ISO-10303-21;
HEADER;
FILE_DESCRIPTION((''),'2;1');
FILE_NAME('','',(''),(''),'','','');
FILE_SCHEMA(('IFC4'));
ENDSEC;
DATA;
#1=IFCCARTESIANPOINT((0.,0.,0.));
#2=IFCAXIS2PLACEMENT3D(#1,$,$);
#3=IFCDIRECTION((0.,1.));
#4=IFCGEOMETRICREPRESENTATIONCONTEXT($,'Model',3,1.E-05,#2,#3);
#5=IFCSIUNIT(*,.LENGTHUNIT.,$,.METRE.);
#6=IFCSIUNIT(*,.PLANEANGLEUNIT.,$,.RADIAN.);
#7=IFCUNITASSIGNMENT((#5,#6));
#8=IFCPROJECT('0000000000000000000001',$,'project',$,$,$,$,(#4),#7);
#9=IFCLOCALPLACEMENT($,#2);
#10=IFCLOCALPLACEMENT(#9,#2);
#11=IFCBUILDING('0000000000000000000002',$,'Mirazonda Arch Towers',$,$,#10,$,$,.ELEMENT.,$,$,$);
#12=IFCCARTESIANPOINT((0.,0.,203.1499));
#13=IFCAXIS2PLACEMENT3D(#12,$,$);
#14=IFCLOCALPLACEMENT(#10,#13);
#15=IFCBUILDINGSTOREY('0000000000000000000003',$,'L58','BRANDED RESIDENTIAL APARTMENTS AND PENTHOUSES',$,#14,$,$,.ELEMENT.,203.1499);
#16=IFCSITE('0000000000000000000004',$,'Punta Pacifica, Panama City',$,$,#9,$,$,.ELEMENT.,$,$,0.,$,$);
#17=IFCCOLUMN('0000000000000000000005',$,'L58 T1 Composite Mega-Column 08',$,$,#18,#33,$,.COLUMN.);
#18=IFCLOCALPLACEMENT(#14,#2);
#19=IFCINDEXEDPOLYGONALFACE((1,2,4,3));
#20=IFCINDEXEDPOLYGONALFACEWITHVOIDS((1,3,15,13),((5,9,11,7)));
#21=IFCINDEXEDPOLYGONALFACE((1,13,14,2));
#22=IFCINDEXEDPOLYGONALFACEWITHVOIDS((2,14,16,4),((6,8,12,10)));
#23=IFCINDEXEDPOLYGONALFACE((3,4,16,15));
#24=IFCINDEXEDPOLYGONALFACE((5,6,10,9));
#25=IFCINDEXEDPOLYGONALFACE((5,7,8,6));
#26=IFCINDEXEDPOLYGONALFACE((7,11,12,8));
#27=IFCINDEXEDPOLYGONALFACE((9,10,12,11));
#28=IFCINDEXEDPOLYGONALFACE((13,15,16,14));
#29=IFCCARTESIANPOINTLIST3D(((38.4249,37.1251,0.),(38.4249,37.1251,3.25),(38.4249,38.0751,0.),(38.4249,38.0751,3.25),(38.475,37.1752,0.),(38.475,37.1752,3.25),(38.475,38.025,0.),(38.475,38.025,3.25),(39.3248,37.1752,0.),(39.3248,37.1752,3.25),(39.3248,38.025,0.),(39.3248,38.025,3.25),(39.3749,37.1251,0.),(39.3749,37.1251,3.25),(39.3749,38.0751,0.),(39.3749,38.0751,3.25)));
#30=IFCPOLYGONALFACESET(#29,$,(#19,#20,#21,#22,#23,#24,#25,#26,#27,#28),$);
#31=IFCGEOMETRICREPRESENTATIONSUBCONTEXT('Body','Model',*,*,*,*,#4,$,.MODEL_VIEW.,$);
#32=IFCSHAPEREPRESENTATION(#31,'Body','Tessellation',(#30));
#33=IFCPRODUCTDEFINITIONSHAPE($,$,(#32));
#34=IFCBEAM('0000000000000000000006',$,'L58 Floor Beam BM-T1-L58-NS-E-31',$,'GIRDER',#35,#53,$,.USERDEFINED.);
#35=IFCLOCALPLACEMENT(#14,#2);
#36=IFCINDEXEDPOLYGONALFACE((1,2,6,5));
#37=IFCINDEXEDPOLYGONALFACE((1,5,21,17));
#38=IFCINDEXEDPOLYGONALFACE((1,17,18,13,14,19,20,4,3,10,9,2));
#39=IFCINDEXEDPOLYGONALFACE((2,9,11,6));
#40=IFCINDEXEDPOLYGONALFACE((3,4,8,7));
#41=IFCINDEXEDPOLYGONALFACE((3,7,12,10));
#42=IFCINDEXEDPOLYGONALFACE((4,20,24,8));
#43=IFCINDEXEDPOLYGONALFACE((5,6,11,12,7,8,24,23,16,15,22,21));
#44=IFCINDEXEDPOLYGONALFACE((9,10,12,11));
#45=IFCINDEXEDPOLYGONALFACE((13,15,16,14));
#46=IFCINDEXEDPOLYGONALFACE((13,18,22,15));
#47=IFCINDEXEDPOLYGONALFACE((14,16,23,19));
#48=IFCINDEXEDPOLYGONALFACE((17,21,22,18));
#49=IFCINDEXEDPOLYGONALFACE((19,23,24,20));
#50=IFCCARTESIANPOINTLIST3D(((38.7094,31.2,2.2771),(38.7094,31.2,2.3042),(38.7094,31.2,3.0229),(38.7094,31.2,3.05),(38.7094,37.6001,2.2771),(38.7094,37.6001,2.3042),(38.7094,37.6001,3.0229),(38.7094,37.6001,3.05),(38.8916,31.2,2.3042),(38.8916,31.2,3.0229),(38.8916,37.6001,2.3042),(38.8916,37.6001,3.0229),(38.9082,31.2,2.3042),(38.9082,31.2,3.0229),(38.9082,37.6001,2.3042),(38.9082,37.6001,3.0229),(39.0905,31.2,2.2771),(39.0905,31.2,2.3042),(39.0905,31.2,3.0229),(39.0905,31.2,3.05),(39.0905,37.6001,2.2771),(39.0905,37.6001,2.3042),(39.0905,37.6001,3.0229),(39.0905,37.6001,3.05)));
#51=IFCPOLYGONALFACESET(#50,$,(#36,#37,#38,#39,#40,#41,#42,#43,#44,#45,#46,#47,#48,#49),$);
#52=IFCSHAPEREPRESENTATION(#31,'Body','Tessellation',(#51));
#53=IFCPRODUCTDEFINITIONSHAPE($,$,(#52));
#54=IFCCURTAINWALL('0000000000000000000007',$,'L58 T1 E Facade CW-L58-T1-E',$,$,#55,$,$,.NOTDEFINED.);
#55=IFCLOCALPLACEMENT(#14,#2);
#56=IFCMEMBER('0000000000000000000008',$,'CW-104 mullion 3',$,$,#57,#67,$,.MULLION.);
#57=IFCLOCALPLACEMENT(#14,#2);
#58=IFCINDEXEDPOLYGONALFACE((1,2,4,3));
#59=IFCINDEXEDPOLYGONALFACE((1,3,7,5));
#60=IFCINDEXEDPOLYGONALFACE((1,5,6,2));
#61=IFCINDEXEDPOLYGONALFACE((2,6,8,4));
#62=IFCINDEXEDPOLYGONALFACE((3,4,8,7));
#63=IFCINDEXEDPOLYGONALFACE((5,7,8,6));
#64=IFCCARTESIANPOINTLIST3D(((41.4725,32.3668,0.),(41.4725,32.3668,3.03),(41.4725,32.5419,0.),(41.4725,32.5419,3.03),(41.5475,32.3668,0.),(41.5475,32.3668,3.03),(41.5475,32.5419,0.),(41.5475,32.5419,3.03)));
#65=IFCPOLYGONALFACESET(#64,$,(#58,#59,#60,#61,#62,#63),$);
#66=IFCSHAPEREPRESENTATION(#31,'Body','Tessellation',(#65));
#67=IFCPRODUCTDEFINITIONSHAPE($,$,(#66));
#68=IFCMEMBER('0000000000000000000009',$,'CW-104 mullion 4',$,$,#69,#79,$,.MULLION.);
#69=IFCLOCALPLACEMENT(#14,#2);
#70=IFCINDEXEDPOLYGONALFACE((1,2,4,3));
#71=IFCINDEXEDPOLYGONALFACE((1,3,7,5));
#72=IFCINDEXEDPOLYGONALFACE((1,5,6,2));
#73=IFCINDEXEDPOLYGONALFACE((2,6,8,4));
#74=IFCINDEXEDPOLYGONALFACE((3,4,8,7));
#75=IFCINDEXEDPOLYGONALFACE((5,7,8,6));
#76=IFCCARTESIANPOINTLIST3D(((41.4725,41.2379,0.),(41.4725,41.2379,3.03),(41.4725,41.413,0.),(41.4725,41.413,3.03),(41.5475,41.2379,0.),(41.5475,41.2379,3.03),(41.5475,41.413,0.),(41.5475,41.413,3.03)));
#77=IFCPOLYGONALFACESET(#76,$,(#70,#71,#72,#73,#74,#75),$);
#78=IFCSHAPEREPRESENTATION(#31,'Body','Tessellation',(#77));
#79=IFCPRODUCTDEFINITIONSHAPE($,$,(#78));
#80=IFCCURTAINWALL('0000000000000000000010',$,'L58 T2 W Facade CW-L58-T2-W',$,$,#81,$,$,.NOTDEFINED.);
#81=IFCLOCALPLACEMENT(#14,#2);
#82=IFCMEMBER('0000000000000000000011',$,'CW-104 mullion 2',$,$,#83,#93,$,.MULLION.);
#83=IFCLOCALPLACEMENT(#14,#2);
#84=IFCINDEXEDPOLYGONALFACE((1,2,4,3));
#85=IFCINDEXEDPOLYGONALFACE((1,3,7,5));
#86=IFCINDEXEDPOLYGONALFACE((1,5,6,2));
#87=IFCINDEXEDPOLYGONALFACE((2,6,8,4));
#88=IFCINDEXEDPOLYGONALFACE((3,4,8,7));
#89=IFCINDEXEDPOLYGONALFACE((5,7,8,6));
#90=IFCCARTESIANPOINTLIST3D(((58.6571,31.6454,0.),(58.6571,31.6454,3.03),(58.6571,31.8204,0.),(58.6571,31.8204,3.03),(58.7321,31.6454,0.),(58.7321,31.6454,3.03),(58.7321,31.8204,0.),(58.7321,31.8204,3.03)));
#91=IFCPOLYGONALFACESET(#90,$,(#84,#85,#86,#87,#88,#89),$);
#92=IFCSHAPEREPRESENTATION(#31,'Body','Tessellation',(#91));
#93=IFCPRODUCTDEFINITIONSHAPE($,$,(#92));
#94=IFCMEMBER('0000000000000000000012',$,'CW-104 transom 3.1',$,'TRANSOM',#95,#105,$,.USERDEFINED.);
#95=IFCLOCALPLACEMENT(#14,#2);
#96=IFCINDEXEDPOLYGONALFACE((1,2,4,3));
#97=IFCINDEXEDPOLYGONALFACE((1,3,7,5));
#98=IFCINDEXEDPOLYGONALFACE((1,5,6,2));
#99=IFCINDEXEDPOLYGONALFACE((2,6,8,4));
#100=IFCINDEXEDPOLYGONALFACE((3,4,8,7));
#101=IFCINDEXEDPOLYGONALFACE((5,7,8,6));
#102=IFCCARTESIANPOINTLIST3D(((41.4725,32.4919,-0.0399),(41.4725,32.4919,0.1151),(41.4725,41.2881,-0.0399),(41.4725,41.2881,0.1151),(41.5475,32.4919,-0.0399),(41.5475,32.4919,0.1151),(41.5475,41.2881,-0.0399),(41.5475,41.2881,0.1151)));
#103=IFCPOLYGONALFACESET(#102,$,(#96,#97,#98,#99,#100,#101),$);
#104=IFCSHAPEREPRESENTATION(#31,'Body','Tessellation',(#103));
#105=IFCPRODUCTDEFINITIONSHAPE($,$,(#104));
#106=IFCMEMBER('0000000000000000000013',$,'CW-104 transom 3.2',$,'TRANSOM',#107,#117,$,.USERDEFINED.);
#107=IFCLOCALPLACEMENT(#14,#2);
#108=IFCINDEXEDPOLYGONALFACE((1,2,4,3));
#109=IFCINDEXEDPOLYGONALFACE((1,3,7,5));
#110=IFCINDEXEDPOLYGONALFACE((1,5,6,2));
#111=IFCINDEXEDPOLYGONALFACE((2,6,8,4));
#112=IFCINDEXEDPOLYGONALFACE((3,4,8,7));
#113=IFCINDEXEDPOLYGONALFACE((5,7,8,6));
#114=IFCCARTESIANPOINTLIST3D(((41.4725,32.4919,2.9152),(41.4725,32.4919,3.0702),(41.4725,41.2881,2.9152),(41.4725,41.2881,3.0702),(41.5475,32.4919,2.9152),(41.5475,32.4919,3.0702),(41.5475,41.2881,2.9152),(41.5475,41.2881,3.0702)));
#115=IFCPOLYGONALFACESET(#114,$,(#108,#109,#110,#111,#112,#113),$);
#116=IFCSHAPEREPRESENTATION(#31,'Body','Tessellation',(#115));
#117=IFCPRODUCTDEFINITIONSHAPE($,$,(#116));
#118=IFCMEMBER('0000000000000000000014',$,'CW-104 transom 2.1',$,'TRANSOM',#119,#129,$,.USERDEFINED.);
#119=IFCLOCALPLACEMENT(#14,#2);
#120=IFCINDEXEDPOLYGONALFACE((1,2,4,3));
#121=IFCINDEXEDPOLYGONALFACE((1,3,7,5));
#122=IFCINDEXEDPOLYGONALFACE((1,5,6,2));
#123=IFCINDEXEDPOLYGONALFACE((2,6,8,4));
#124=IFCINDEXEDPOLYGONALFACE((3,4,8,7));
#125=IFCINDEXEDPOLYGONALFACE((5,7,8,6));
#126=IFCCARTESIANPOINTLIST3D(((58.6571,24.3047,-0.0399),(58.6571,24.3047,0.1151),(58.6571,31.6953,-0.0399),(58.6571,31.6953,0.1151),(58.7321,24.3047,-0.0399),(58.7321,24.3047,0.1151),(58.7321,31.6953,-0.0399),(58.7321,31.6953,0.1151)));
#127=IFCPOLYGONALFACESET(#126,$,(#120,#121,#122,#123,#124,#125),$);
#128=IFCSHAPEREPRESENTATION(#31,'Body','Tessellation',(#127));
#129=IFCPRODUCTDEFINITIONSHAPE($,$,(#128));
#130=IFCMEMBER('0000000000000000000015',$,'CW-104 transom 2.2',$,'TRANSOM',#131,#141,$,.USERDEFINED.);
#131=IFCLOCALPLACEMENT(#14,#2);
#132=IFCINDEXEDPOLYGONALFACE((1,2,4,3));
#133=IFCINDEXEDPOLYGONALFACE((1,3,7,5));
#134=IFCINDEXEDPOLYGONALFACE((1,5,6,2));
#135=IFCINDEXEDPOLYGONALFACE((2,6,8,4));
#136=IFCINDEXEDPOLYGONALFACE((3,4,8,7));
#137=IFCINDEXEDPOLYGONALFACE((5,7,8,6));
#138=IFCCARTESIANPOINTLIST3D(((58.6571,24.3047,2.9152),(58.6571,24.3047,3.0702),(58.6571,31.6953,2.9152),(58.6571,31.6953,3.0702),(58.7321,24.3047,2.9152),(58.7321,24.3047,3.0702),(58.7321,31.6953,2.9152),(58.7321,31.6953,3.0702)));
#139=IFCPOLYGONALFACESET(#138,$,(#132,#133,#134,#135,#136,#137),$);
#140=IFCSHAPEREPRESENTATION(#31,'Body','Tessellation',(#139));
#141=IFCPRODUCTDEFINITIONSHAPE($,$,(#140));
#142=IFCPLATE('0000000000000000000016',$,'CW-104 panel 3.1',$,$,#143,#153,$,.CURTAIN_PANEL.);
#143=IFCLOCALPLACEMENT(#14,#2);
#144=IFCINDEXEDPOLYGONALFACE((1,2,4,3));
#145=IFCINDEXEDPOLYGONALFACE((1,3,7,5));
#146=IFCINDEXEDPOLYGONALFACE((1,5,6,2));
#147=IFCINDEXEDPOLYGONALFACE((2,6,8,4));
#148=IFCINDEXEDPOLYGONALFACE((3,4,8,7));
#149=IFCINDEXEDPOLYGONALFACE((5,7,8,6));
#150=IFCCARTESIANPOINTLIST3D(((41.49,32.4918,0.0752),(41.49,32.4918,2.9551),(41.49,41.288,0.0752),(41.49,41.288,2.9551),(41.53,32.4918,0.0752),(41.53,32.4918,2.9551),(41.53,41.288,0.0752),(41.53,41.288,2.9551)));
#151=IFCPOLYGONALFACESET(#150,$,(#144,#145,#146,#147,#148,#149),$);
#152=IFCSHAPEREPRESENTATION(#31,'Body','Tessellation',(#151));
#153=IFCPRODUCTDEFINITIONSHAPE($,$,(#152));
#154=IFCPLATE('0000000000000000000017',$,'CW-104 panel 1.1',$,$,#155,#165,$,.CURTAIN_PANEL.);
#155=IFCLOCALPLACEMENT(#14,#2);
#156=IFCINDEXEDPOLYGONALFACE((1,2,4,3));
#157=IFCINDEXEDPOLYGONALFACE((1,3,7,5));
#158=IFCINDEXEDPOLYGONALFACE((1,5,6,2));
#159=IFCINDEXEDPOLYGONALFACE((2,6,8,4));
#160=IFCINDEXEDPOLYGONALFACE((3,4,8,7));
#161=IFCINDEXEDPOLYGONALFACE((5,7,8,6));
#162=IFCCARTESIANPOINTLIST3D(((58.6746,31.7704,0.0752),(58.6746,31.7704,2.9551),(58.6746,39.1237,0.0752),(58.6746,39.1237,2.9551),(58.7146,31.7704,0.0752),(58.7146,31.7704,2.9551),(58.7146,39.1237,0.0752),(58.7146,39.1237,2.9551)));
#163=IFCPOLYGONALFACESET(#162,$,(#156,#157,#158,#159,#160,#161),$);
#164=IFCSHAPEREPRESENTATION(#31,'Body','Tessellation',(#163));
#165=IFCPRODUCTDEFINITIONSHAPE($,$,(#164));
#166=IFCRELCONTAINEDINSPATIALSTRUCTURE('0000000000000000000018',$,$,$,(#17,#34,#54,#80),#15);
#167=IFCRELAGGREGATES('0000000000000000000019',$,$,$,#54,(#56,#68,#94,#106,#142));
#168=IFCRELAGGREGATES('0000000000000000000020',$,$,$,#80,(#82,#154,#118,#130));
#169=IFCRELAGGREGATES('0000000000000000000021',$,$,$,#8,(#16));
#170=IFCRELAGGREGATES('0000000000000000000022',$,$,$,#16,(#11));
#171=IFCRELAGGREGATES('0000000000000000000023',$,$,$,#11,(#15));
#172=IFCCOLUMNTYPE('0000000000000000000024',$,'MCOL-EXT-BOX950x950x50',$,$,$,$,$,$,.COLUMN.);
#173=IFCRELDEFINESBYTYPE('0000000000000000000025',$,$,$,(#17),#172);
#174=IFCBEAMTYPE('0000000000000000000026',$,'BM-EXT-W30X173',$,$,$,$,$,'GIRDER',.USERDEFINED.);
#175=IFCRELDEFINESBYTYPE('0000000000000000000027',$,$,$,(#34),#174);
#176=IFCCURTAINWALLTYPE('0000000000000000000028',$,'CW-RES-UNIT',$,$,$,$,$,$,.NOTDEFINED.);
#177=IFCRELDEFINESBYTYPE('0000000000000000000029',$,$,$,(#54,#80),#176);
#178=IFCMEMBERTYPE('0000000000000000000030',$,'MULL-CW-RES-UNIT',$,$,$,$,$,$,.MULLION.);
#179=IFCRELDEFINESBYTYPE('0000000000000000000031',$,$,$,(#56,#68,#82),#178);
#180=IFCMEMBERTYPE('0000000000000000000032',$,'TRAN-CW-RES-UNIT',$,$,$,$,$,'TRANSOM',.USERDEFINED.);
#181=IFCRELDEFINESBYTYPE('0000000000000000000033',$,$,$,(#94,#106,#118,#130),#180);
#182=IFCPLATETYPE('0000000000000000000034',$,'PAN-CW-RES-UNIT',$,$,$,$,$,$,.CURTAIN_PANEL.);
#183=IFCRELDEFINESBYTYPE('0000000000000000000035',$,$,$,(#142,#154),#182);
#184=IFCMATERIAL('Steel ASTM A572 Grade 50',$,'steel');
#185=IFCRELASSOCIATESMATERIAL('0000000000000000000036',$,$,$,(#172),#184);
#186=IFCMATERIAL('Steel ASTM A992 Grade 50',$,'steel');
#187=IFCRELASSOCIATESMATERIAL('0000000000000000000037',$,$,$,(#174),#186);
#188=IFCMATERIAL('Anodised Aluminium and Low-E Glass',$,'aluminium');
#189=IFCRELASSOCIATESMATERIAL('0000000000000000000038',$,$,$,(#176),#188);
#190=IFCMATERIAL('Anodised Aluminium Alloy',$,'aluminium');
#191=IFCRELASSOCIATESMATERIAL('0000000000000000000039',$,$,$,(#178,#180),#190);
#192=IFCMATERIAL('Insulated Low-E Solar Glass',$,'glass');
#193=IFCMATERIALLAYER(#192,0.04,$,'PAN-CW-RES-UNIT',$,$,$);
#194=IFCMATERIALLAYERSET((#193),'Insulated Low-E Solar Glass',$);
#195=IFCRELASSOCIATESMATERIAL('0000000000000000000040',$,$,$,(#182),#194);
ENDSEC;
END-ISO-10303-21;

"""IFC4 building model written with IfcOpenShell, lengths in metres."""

from ifc_helpers import new_model, si_unit, direction, frame, origin, origin_2d, place, context, subcontext, project, spatial, rectangle, hollow_rectangle, i_section, extrude, material, layer, layer_set, material_profile, profile_set, type_object, element, aggregate, save


model = new_model("IFC4")

# Units and contexts
model_context = context("Model", 3, precision=1e-05, world=origin(), true_north=direction((0.0, 1.0)))
body_context = subcontext(model_context, "Body", "Model", "MODEL_VIEW")
ifc_project = project(units=[si_unit("LENGTHUNIT", "METRE"), si_unit("PLANEANGLEUNIT", "RADIAN")], contexts=[model_context])

# Site, building, storey
site_placement = place(None, origin())
site = spatial("IfcSite", under=ifc_project, at=site_placement, Name="Punta Pacifica, Panama City", CompositionType="ELEMENT", RefElevation=0.0)
building_placement = place(site_placement, origin())
building = spatial("IfcBuilding", under=site, at=building_placement, Name="Mirazonda Arch Towers", CompositionType="ELEMENT")
storey_placement = place(building_placement, frame((0.0, 0.0, 203.1499)))
storey = spatial("IfcBuildingStorey", under=building, at=storey_placement, Name="L58", Description="BRANDED RESIDENTIAL APARTMENTS AND PENTHOUSES", CompositionType="ELEMENT", Elevation=203.1499)

# Column
ifc_material_1 = material(Name="Steel ASTM A572 Grade 50", Category="steel")
ifc_material_profile_1 = material_profile(ifc_material_1, hollow_rectangle(XDim=0.95, YDim=0.95, WallThickness=0.05, at=origin_2d()), Name="BOX950x950x50")
ifc_profile_set_1 = profile_set([ifc_material_profile_1], Name="Steel ASTM A572 Grade 50")
column_type = type_object("IfcColumnType", Name="MCOL-EXT-BOX950x950x50", PredefinedType="COLUMN", material=ifc_profile_set_1)
column_placement = place(storey_placement, frame((38.8999, 37.6001, 0.0), z_axis=(0.0, 0.0, 1.0), x_axis=(1.0, 0.0, 0.0)))
element("IfcColumn", 1, at=column_placement, inside=storey, type_object=column_type, Name="L58 T1 Composite Mega-Column 08", PredefinedType="COLUMN", context=body_context, shape_type="SweptSolid", body=[
    extrude(hollow_rectangle(XDim=0.95, YDim=0.95, WallThickness=0.05, at=origin_2d()), origin(), (0.0, 0.0, 1.0), 3.25),
])

# Beam
ifc_material_2 = material(Name="Steel ASTM A992 Grade 50", Category="steel")
ifc_material_profile_2 = material_profile(ifc_material_2, i_section(OverallWidth=0.3811, OverallDepth=0.7729, WebThickness=0.0166, FlangeThickness=0.0271, at=origin_2d()), Name="W30X173")
ifc_profile_set_2 = profile_set([ifc_material_profile_2], Name="Steel ASTM A992 Grade 50")
beam_type = type_object("IfcBeamType", Name="BM-EXT-W30X173", ElementType="GIRDER", PredefinedType="USERDEFINED", material=ifc_profile_set_2)
beam_placement = place(storey_placement, frame((38.8999, 31.2, 2.6636), z_axis=(0.0, 1.0, 0.0), x_axis=(-1.0, 0.0, 0.0)))
element("IfcBeam", 2, at=beam_placement, inside=storey, type_object=beam_type, Name="L58 Floor Beam BM-T1-L58-NS-E-31", ObjectType="GIRDER", PredefinedType="USERDEFINED", context=body_context, shape_type="SweptSolid", body=[
    extrude(i_section(OverallWidth=0.3811, OverallDepth=0.7729, WebThickness=0.0166, FlangeThickness=0.0271, at=origin_2d()), origin(), (0.0, 0.0, 1.0), 6.4001),
])

# Curtain wall, members
ifc_material_3 = material(Name="Anodised Aluminium and Low-E Glass", Category="aluminium")
curtain_wall_type = type_object("IfcCurtainWallType", Name="CW-RES-UNIT", PredefinedType="NOTDEFINED", material=ifc_material_3)
curtain_wall_1_placement = place(storey_placement, origin())
curtain_wall_1 = element("IfcCurtainWall", 3, at=curtain_wall_1_placement, inside=storey, type_object=curtain_wall_type, Name="L58 T1 E Facade CW-L58-T1-E", PredefinedType="NOTDEFINED")
ifc_material_4 = material(Name="Anodised Aluminium Alloy", Category="aluminium")
ifc_material_profile_3 = material_profile(ifc_material_4, rectangle(XDim=0.075, YDim=0.175, at=origin_2d()), Name="ALU-MULL-75x175")
ifc_profile_set_3 = profile_set([ifc_material_profile_3], Name="Anodised Aluminium Alloy")
member_type_1 = type_object("IfcMemberType", Name="MULL-CW-RES-UNIT", PredefinedType="MULLION", material=ifc_profile_set_3)
member_1_placement = place(storey_placement, frame((41.51, 32.4543, 0.0), z_axis=(0.0, 0.0, 1.0), x_axis=(-1.0, 0.0, 0.0)))
member_1 = element("IfcMember", 4, at=member_1_placement, type_object=member_type_1, Name="CW-104 mullion 3", PredefinedType="MULLION", context=body_context, shape_type="SweptSolid", body=[
    extrude(rectangle(XDim=0.075, YDim=0.175, at=origin_2d()), origin(), (0.0, 0.0, 1.0), 3.03),
])
member_2_placement = place(storey_placement, frame((41.51, 41.3254, 0.0), z_axis=(0.0, 0.0, 1.0), x_axis=(-1.0, 0.0, 0.0)))
member_2 = element("IfcMember", 5, at=member_2_placement, type_object=member_type_1, Name="CW-104 mullion 4", PredefinedType="MULLION", context=body_context, shape_type="SweptSolid", body=[
    extrude(rectangle(XDim=0.075, YDim=0.175, at=origin_2d()), origin(), (0.0, 0.0, 1.0), 3.03),
])

# Curtain wall, member
curtain_wall_2_placement = place(storey_placement, origin())
curtain_wall_2 = element("IfcCurtainWall", 6, at=curtain_wall_2_placement, inside=storey, type_object=curtain_wall_type, Name="L58 T2 W Facade CW-L58-T2-W", PredefinedType="NOTDEFINED")
member_3_placement = place(storey_placement, frame((58.6946, 31.7329, 0.0), z_axis=(0.0, 0.0, 1.0), x_axis=(1.0, 0.0, 0.0)))
member_3 = element("IfcMember", 7, at=member_3_placement, type_object=member_type_1, Name="CW-104 mullion 2", PredefinedType="MULLION", context=body_context, shape_type="SweptSolid", body=[
    extrude(rectangle(XDim=0.075, YDim=0.175, at=origin_2d()), origin(), (0.0, 0.0, 1.0), 3.03),
])

# Members
ifc_material_profile_4 = material_profile(ifc_material_4, rectangle(XDim=0.075, YDim=0.155, at=origin_2d()), Name="ALU-TRAN-75x155")
ifc_profile_set_4 = profile_set([ifc_material_profile_4], Name="Anodised Aluminium Alloy")
member_type_2 = type_object("IfcMemberType", Name="TRAN-CW-RES-UNIT", ElementType="TRANSOM", PredefinedType="USERDEFINED", material=ifc_profile_set_4)
member_4_placement = place(storey_placement, frame((41.51, 32.4919, 0.0376), z_axis=(0.0, 1.0, 0.0), x_axis=(-1.0, 0.0, 0.0)))
member_4 = element("IfcMember", 8, at=member_4_placement, type_object=member_type_2, Name="CW-104 transom 3.1", ObjectType="TRANSOM", PredefinedType="USERDEFINED", context=body_context, shape_type="SweptSolid", body=[
    extrude(rectangle(XDim=0.075, YDim=0.155, at=origin_2d()), origin(), (0.0, 0.0, 1.0), 8.7961),
])
member_5_placement = place(storey_placement, frame((41.51, 32.4919, 2.9927), z_axis=(0.0, 1.0, 0.0), x_axis=(-1.0, 0.0, 0.0)))
member_5 = element("IfcMember", 9, at=member_5_placement, type_object=member_type_2, Name="CW-104 transom 3.2", ObjectType="TRANSOM", PredefinedType="USERDEFINED", context=body_context, shape_type="SweptSolid", body=[
    extrude(rectangle(XDim=0.075, YDim=0.155, at=origin_2d()), origin(), (0.0, 0.0, 1.0), 8.7961),
])
member_6_placement = place(storey_placement, frame((58.6946, 31.6953, 0.0376), z_axis=(0.0, -1.0, 0.0), x_axis=(1.0, 0.0, 0.0)))
member_6 = element("IfcMember", 10, at=member_6_placement, type_object=member_type_2, Name="CW-104 transom 2.1", ObjectType="TRANSOM", PredefinedType="USERDEFINED", context=body_context, shape_type="SweptSolid", body=[
    extrude(rectangle(XDim=0.075, YDim=0.155, at=origin_2d()), origin(), (0.0, 0.0, 1.0), 7.3906),
])
member_7_placement = place(storey_placement, frame((58.6946, 31.6953, 2.9927), z_axis=(0.0, -1.0, 0.0), x_axis=(1.0, 0.0, 0.0)))
member_7 = element("IfcMember", 11, at=member_7_placement, type_object=member_type_2, Name="CW-104 transom 2.2", ObjectType="TRANSOM", PredefinedType="USERDEFINED", context=body_context, shape_type="SweptSolid", body=[
    extrude(rectangle(XDim=0.075, YDim=0.155, at=origin_2d()), origin(), (0.0, 0.0, 1.0), 7.3906),
])

# Plates
ifc_material_5 = material(Name="Insulated Low-E Solar Glass", Category="glass")
ifc_layer_1 = layer(ifc_material_5, 0.04, Name="PAN-CW-RES-UNIT")
ifc_layer_set_1 = layer_set([ifc_layer_1], Name="Insulated Low-E Solar Glass")
plate_type = type_object("IfcPlateType", Name="PAN-CW-RES-UNIT", PredefinedType="CURTAIN_PANEL", material=ifc_layer_set_1)
plate_1_placement = place(storey_placement, frame((41.51, 36.8899, 0.0752), z_axis=(0.0, 0.0, 1.0), x_axis=(0.0, 1.0, 0.0)))
plate_1 = element("IfcPlate", 12, at=plate_1_placement, type_object=plate_type, Name="CW-104 panel 3.1", PredefinedType="CURTAIN_PANEL", context=body_context, shape_type="SweptSolid", body=[
    extrude(rectangle(XDim=8.7961, YDim=0.04, at=origin_2d()), origin(), (0.0, 0.0, 1.0), 2.8799),
])
aggregate(curtain_wall_1, [member_1, member_2, member_4, member_5, plate_1])
plate_2_placement = place(storey_placement, frame((58.6946, 35.447, 0.0752), z_axis=(0.0, 0.0, 1.0), x_axis=(0.0, -1.0, 0.0)))
plate_2 = element("IfcPlate", 13, at=plate_2_placement, type_object=plate_type, Name="CW-104 panel 1.1", PredefinedType="CURTAIN_PANEL", context=body_context, shape_type="SweptSolid", body=[
    extrude(rectangle(XDim=7.3533, YDim=0.04, at=origin_2d()), origin(), (0.0, 0.0, 1.0), 2.8799),
])
aggregate(curtain_wall_2, [member_3, plate_2, member_6, member_7])

save(model, "model.ifc")
